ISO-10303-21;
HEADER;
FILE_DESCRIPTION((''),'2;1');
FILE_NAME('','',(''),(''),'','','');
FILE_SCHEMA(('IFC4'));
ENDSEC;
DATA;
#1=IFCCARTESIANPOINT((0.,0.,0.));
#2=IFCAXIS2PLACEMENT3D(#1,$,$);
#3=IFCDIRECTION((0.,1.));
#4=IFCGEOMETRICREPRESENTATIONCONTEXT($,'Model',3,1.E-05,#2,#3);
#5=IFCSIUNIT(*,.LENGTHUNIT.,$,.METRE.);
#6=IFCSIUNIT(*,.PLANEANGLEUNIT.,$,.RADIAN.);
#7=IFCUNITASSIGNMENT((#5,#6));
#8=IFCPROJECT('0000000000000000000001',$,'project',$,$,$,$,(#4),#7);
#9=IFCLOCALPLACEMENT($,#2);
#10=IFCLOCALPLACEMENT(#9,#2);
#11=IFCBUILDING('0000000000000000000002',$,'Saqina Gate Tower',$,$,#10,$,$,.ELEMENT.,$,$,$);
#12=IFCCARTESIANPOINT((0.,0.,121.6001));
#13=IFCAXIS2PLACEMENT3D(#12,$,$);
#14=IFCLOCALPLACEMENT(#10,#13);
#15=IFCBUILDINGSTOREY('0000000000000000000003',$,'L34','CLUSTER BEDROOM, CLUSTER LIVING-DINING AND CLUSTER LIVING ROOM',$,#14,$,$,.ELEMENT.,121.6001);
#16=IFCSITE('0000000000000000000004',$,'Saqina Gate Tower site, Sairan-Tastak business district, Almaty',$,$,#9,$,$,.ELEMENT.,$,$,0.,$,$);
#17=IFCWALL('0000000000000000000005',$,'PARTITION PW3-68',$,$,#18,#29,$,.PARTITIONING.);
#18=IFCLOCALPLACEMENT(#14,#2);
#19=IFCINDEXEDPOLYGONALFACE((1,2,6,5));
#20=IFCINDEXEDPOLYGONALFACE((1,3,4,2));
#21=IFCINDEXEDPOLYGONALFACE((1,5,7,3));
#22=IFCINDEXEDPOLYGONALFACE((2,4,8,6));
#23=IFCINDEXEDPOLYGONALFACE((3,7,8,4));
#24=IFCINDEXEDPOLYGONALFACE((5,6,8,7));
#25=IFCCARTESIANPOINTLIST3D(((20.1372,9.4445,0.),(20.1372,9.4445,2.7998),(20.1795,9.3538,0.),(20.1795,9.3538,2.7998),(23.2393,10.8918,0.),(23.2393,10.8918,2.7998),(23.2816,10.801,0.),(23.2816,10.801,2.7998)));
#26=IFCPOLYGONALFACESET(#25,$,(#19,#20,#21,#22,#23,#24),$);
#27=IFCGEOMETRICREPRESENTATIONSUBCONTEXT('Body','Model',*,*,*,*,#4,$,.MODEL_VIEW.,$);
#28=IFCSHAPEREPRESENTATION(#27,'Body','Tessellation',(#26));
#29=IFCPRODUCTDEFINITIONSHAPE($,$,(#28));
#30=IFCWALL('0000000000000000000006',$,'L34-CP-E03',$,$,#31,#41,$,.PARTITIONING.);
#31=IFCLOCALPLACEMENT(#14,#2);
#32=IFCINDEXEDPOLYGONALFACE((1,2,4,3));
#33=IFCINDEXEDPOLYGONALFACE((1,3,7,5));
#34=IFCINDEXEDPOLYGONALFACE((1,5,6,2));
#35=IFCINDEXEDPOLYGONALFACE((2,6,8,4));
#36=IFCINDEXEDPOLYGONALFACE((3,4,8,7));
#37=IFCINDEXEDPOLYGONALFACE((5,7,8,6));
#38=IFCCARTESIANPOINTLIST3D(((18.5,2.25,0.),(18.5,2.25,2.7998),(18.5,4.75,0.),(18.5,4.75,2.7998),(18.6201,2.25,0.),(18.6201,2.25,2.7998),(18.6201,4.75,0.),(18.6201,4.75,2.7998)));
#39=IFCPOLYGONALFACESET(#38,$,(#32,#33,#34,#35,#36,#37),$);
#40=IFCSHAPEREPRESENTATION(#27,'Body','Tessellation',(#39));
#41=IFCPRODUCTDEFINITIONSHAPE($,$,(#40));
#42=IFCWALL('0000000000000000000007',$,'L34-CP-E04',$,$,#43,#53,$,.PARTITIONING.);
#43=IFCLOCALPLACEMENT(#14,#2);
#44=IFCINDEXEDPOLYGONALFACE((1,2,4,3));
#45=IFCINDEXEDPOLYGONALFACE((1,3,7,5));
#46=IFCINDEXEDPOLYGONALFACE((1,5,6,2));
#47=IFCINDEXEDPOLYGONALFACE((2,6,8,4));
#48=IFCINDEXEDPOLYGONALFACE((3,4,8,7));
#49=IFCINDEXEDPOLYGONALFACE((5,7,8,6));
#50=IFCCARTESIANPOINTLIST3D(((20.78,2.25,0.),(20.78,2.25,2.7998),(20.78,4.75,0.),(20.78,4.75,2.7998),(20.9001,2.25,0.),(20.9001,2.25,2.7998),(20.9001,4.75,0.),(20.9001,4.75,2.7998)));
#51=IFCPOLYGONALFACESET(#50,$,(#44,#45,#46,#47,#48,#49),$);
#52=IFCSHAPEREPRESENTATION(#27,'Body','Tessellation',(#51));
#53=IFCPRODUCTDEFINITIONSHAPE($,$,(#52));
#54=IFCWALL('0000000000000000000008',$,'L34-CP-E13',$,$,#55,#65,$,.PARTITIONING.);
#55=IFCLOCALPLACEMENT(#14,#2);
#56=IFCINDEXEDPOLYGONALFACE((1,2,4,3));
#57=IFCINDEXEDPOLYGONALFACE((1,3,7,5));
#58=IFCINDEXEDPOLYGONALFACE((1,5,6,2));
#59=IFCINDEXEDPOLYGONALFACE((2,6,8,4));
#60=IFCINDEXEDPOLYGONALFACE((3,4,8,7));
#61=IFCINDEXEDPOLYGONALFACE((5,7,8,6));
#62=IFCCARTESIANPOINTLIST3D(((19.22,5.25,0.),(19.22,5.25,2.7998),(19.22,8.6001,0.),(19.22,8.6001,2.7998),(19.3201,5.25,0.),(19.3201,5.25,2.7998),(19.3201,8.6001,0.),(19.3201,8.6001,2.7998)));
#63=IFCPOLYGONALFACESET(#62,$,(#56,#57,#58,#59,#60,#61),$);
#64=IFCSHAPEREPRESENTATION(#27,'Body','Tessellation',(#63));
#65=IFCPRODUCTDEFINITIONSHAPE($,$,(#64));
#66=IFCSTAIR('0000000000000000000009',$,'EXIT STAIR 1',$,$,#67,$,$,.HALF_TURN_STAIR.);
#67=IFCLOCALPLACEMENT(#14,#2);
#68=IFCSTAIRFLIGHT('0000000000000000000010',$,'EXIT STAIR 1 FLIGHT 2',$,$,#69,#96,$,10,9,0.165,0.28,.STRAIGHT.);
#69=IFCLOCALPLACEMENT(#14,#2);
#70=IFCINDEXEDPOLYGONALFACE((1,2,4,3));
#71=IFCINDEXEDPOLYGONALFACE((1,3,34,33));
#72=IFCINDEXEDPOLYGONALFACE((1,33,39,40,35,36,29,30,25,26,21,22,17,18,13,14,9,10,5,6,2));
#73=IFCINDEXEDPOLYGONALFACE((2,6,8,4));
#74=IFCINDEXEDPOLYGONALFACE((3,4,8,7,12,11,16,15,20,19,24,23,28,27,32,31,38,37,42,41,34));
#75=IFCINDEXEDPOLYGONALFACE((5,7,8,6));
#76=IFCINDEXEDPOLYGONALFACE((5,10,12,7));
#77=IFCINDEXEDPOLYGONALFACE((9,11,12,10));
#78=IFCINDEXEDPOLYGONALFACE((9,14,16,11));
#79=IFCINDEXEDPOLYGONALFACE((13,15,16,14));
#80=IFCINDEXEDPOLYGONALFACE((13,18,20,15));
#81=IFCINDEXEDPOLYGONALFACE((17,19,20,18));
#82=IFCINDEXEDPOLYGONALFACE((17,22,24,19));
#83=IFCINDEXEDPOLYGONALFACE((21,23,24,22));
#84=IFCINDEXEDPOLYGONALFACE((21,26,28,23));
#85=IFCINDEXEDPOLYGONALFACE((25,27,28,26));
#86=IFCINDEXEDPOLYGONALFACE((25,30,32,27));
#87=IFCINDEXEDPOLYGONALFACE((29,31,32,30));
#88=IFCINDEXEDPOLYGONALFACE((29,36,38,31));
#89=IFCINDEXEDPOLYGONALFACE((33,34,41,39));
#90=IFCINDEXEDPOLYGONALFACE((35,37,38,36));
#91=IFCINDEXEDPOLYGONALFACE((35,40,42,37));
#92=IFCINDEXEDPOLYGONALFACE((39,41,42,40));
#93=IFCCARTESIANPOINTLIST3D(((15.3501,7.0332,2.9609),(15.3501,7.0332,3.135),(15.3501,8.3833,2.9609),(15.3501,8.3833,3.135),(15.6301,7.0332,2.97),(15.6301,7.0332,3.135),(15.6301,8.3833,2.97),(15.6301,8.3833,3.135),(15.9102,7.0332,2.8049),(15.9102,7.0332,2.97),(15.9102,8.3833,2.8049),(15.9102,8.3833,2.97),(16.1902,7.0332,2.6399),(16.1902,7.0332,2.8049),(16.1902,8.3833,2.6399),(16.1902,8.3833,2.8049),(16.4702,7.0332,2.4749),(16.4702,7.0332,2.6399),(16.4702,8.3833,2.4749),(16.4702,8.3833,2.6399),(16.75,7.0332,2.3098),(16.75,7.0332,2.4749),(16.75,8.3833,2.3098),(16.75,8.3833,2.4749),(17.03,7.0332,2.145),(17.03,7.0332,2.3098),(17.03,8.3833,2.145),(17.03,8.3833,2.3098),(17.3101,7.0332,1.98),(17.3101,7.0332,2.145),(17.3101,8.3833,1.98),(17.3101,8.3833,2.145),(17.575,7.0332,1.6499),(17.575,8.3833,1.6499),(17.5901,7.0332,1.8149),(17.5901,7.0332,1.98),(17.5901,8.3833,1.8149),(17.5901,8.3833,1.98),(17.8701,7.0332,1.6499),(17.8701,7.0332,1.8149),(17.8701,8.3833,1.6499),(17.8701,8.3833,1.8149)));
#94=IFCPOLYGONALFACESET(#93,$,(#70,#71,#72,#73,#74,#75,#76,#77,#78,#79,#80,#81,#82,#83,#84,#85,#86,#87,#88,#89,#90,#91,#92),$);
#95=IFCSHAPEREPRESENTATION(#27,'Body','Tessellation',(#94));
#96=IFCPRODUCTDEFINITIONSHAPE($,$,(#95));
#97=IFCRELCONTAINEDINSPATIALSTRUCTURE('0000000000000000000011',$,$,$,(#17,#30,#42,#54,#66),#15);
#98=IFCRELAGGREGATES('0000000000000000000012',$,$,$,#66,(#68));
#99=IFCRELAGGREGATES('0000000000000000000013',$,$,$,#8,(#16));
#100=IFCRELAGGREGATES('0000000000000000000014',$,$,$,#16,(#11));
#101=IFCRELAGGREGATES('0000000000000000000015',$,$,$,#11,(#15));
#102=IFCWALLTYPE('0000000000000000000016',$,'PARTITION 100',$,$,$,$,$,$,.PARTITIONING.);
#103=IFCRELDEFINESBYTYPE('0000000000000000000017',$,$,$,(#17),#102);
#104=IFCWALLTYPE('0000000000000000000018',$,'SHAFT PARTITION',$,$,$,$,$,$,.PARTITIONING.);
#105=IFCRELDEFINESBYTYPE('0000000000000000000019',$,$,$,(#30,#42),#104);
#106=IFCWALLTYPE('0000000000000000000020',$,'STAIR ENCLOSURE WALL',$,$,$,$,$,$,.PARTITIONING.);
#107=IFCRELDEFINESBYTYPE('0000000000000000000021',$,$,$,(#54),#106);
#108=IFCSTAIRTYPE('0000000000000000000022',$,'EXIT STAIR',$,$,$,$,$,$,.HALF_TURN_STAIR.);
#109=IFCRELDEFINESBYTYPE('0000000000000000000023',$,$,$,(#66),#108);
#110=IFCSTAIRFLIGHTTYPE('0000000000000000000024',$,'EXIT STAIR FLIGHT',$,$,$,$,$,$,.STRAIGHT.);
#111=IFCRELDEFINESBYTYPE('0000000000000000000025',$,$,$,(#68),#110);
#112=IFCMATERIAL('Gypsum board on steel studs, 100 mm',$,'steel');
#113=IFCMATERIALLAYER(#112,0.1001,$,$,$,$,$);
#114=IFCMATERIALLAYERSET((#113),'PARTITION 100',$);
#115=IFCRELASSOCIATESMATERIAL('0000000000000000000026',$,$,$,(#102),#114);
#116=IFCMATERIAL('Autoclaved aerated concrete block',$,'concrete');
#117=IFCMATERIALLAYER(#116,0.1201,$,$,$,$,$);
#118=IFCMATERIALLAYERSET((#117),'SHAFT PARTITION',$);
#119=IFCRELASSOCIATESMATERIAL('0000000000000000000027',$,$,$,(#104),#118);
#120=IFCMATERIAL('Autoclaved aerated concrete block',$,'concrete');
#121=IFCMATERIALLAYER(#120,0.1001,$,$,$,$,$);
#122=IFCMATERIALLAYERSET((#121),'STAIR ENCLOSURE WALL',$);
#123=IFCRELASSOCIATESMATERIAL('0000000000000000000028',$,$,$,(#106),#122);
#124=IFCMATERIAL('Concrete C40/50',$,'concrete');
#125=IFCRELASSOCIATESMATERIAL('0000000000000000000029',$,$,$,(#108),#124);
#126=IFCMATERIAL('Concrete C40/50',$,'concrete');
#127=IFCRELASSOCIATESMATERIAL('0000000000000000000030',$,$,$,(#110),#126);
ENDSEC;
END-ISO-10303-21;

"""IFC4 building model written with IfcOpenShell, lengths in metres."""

from ifc_helpers import new_model, si_unit, direction, frame, frame_2d, origin, place, context, subcontext, project, spatial, polyline, rectangle, outline, extrude, material, layer, layer_set, type_object, element, aggregate, save


model = new_model("IFC4")

# Units and contexts
model_context = context("Model", 3, precision=1e-05, world=origin(), true_north=direction((0.0, 1.0)))
body_context = subcontext(model_context, "Body", "Model", "MODEL_VIEW")
ifc_project = project(units=[si_unit("LENGTHUNIT", "METRE"), si_unit("PLANEANGLEUNIT", "RADIAN")], contexts=[model_context])

# Site, building, storey
site_placement = place(None, origin())
site = spatial("IfcSite", under=ifc_project, at=site_placement, Name="Saqina Gate Tower site, Sairan-Tastak business district, Almaty", CompositionType="ELEMENT", RefElevation=0.0)
building_placement = place(site_placement, origin())
building = spatial("IfcBuilding", under=site, at=building_placement, Name="Saqina Gate Tower", CompositionType="ELEMENT")
storey_placement = place(building_placement, frame((0.0, 0.0, 121.6001)))
storey = spatial("IfcBuildingStorey", under=building, at=storey_placement, Name="L34", Description="CLUSTER BEDROOM, CLUSTER LIVING-DINING AND CLUSTER LIVING ROOM", CompositionType="ELEMENT", Elevation=121.6001)

# Walls
ifc_material_1 = material(Name="Gypsum board on steel studs, 100 mm", Category="steel")
ifc_layer_1 = layer(ifc_material_1, 0.1001)
ifc_layer_set_1 = layer_set([ifc_layer_1], Name="PARTITION 100")
wall_type_1 = type_object("IfcWallType", Name="PARTITION 100", PredefinedType="PARTITIONING", material=ifc_layer_set_1)
wall_1_placement = place(storey_placement, frame((20.1584, 9.3992, 0.0), z_axis=(0.0, 0.0, 1.0), x_axis=(0.906223, 0.4228, 0.0)))
element("IfcWall", 1, at=wall_1_placement, inside=storey, type_object=wall_type_1, Name="PARTITION PW3-68", PredefinedType="PARTITIONING", context=body_context, shape_type="SweptSolid", body=[
    extrude(rectangle(XDim=3.4231, YDim=0.1001, at=frame_2d((1.7114, 0.0))), origin(), (0.0, 0.0, 1.0), 2.7998),
])
ifc_material_2 = material(Name="Autoclaved aerated concrete block", Category="concrete")
ifc_layer_2 = layer(ifc_material_2, 0.1201)
ifc_layer_set_2 = layer_set([ifc_layer_2], Name="SHAFT PARTITION")
wall_type_2 = type_object("IfcWallType", Name="SHAFT PARTITION", PredefinedType="PARTITIONING", material=ifc_layer_set_2)
for number, where, z_axis, x_axis, name in (
    (2, (18.5601, 2.25, 0.0), (0.0, 0.0, 1.0), (0.0, 1.0, 0.0), "L34-CP-E03"),
    (3, (20.8401, 2.25, 0.0), (0.0, 0.0, 1.0), (0.0, 1.0, 0.0), "L34-CP-E04"),
):
    element("IfcWall", number, at=place(storey_placement, frame(where, z_axis=z_axis, x_axis=x_axis)), inside=storey, type_object=wall_type_2, Name=name, PredefinedType="PARTITIONING", context=body_context, shape_type="SweptSolid", body=[
        extrude(rectangle(XDim=2.5, YDim=0.1201, at=frame_2d((1.25, 0.0))), origin(), (0.0, 0.0, 1.0), 2.7998),
    ])
ifc_material_3 = material(Name="Autoclaved aerated concrete block", Category="concrete")
ifc_layer_3 = layer(ifc_material_3, 0.1001)
ifc_layer_set_3 = layer_set([ifc_layer_3], Name="STAIR ENCLOSURE WALL")
wall_type_3 = type_object("IfcWallType", Name="STAIR ENCLOSURE WALL", PredefinedType="PARTITIONING", material=ifc_layer_set_3)
wall_2_placement = place(storey_placement, frame((19.27, 5.25, 0.0), z_axis=(0.0, 0.0, 1.0), x_axis=(0.0, 1.0, 0.0)))
element("IfcWall", 4, at=wall_2_placement, inside=storey, type_object=wall_type_3, Name="L34-CP-E13", PredefinedType="PARTITIONING", context=body_context, shape_type="SweptSolid", body=[
    extrude(rectangle(XDim=3.3501, YDim=0.1001, at=frame_2d((1.675, 0.0))), origin(), (0.0, 0.0, 1.0), 2.7998),
])

# Stair, stair flight
ifc_material_4 = material(Name="Concrete C40/50", Category="concrete")
stair_type = type_object("IfcStairType", Name="EXIT STAIR", PredefinedType="HALF_TURN_STAIR", material=ifc_material_4)
stair_placement = place(storey_placement, origin())
stair = element("IfcStair", 5, at=stair_placement, inside=storey, type_object=stair_type, Name="EXIT STAIR 1", PredefinedType="HALF_TURN_STAIR")
ifc_material_5 = material(Name="Concrete C40/50", Category="concrete")
stair_flight_type = type_object("IfcStairFlightType", Name="EXIT STAIR FLIGHT", PredefinedType="STRAIGHT", material=ifc_material_5)
stair_flight_placement = place(storey_placement, frame((17.8701, 7.7083, 1.6499), z_axis=(0.0, 0.0, 1.0), x_axis=(-1.0, 0.0, 0.0)))
stair_flight = element("IfcStairFlight", 6, at=stair_flight_placement, type_object=stair_flight_type, Name="EXIT STAIR 1 FLIGHT 2", NumberOfRisers=10, NumberOfTreads=9, PredefinedType="STRAIGHT", RiserHeight=0.165, TreadLength=0.28, context=body_context, shape_type="SweptSolid", body=[
    extrude(outline(polyline([(0.0, 0.0), (0.0, 0.165), (0.28, 0.165), (0.28, 0.3301), (0.5601, 0.3301), (0.5601, 0.4951), (0.8401, 0.4951), (0.8401, 0.6599), (1.1201, 0.6599), (1.1201, 0.825), (1.3999, 0.825), (1.3999, 0.99), (1.6799, 0.99), (1.6799, 1.155), (1.96, 1.155), (1.96, 1.3201), (2.24, 1.3201), (2.24, 1.4851), (2.52, 1.4851), (2.52, 1.6499), (2.52, 1.311), (0.2952, 0.0), (0.0, 0.0)])), frame((0.0, 0.675, 0.0), z_axis=(0.0, -1.0, 0.0), x_axis=(1.0, 0.0, 0.0)), (0.0, 0.0, 1.0), 1.3501),
])
aggregate(stair, [stair_flight])

save(model, "model.ifc")
